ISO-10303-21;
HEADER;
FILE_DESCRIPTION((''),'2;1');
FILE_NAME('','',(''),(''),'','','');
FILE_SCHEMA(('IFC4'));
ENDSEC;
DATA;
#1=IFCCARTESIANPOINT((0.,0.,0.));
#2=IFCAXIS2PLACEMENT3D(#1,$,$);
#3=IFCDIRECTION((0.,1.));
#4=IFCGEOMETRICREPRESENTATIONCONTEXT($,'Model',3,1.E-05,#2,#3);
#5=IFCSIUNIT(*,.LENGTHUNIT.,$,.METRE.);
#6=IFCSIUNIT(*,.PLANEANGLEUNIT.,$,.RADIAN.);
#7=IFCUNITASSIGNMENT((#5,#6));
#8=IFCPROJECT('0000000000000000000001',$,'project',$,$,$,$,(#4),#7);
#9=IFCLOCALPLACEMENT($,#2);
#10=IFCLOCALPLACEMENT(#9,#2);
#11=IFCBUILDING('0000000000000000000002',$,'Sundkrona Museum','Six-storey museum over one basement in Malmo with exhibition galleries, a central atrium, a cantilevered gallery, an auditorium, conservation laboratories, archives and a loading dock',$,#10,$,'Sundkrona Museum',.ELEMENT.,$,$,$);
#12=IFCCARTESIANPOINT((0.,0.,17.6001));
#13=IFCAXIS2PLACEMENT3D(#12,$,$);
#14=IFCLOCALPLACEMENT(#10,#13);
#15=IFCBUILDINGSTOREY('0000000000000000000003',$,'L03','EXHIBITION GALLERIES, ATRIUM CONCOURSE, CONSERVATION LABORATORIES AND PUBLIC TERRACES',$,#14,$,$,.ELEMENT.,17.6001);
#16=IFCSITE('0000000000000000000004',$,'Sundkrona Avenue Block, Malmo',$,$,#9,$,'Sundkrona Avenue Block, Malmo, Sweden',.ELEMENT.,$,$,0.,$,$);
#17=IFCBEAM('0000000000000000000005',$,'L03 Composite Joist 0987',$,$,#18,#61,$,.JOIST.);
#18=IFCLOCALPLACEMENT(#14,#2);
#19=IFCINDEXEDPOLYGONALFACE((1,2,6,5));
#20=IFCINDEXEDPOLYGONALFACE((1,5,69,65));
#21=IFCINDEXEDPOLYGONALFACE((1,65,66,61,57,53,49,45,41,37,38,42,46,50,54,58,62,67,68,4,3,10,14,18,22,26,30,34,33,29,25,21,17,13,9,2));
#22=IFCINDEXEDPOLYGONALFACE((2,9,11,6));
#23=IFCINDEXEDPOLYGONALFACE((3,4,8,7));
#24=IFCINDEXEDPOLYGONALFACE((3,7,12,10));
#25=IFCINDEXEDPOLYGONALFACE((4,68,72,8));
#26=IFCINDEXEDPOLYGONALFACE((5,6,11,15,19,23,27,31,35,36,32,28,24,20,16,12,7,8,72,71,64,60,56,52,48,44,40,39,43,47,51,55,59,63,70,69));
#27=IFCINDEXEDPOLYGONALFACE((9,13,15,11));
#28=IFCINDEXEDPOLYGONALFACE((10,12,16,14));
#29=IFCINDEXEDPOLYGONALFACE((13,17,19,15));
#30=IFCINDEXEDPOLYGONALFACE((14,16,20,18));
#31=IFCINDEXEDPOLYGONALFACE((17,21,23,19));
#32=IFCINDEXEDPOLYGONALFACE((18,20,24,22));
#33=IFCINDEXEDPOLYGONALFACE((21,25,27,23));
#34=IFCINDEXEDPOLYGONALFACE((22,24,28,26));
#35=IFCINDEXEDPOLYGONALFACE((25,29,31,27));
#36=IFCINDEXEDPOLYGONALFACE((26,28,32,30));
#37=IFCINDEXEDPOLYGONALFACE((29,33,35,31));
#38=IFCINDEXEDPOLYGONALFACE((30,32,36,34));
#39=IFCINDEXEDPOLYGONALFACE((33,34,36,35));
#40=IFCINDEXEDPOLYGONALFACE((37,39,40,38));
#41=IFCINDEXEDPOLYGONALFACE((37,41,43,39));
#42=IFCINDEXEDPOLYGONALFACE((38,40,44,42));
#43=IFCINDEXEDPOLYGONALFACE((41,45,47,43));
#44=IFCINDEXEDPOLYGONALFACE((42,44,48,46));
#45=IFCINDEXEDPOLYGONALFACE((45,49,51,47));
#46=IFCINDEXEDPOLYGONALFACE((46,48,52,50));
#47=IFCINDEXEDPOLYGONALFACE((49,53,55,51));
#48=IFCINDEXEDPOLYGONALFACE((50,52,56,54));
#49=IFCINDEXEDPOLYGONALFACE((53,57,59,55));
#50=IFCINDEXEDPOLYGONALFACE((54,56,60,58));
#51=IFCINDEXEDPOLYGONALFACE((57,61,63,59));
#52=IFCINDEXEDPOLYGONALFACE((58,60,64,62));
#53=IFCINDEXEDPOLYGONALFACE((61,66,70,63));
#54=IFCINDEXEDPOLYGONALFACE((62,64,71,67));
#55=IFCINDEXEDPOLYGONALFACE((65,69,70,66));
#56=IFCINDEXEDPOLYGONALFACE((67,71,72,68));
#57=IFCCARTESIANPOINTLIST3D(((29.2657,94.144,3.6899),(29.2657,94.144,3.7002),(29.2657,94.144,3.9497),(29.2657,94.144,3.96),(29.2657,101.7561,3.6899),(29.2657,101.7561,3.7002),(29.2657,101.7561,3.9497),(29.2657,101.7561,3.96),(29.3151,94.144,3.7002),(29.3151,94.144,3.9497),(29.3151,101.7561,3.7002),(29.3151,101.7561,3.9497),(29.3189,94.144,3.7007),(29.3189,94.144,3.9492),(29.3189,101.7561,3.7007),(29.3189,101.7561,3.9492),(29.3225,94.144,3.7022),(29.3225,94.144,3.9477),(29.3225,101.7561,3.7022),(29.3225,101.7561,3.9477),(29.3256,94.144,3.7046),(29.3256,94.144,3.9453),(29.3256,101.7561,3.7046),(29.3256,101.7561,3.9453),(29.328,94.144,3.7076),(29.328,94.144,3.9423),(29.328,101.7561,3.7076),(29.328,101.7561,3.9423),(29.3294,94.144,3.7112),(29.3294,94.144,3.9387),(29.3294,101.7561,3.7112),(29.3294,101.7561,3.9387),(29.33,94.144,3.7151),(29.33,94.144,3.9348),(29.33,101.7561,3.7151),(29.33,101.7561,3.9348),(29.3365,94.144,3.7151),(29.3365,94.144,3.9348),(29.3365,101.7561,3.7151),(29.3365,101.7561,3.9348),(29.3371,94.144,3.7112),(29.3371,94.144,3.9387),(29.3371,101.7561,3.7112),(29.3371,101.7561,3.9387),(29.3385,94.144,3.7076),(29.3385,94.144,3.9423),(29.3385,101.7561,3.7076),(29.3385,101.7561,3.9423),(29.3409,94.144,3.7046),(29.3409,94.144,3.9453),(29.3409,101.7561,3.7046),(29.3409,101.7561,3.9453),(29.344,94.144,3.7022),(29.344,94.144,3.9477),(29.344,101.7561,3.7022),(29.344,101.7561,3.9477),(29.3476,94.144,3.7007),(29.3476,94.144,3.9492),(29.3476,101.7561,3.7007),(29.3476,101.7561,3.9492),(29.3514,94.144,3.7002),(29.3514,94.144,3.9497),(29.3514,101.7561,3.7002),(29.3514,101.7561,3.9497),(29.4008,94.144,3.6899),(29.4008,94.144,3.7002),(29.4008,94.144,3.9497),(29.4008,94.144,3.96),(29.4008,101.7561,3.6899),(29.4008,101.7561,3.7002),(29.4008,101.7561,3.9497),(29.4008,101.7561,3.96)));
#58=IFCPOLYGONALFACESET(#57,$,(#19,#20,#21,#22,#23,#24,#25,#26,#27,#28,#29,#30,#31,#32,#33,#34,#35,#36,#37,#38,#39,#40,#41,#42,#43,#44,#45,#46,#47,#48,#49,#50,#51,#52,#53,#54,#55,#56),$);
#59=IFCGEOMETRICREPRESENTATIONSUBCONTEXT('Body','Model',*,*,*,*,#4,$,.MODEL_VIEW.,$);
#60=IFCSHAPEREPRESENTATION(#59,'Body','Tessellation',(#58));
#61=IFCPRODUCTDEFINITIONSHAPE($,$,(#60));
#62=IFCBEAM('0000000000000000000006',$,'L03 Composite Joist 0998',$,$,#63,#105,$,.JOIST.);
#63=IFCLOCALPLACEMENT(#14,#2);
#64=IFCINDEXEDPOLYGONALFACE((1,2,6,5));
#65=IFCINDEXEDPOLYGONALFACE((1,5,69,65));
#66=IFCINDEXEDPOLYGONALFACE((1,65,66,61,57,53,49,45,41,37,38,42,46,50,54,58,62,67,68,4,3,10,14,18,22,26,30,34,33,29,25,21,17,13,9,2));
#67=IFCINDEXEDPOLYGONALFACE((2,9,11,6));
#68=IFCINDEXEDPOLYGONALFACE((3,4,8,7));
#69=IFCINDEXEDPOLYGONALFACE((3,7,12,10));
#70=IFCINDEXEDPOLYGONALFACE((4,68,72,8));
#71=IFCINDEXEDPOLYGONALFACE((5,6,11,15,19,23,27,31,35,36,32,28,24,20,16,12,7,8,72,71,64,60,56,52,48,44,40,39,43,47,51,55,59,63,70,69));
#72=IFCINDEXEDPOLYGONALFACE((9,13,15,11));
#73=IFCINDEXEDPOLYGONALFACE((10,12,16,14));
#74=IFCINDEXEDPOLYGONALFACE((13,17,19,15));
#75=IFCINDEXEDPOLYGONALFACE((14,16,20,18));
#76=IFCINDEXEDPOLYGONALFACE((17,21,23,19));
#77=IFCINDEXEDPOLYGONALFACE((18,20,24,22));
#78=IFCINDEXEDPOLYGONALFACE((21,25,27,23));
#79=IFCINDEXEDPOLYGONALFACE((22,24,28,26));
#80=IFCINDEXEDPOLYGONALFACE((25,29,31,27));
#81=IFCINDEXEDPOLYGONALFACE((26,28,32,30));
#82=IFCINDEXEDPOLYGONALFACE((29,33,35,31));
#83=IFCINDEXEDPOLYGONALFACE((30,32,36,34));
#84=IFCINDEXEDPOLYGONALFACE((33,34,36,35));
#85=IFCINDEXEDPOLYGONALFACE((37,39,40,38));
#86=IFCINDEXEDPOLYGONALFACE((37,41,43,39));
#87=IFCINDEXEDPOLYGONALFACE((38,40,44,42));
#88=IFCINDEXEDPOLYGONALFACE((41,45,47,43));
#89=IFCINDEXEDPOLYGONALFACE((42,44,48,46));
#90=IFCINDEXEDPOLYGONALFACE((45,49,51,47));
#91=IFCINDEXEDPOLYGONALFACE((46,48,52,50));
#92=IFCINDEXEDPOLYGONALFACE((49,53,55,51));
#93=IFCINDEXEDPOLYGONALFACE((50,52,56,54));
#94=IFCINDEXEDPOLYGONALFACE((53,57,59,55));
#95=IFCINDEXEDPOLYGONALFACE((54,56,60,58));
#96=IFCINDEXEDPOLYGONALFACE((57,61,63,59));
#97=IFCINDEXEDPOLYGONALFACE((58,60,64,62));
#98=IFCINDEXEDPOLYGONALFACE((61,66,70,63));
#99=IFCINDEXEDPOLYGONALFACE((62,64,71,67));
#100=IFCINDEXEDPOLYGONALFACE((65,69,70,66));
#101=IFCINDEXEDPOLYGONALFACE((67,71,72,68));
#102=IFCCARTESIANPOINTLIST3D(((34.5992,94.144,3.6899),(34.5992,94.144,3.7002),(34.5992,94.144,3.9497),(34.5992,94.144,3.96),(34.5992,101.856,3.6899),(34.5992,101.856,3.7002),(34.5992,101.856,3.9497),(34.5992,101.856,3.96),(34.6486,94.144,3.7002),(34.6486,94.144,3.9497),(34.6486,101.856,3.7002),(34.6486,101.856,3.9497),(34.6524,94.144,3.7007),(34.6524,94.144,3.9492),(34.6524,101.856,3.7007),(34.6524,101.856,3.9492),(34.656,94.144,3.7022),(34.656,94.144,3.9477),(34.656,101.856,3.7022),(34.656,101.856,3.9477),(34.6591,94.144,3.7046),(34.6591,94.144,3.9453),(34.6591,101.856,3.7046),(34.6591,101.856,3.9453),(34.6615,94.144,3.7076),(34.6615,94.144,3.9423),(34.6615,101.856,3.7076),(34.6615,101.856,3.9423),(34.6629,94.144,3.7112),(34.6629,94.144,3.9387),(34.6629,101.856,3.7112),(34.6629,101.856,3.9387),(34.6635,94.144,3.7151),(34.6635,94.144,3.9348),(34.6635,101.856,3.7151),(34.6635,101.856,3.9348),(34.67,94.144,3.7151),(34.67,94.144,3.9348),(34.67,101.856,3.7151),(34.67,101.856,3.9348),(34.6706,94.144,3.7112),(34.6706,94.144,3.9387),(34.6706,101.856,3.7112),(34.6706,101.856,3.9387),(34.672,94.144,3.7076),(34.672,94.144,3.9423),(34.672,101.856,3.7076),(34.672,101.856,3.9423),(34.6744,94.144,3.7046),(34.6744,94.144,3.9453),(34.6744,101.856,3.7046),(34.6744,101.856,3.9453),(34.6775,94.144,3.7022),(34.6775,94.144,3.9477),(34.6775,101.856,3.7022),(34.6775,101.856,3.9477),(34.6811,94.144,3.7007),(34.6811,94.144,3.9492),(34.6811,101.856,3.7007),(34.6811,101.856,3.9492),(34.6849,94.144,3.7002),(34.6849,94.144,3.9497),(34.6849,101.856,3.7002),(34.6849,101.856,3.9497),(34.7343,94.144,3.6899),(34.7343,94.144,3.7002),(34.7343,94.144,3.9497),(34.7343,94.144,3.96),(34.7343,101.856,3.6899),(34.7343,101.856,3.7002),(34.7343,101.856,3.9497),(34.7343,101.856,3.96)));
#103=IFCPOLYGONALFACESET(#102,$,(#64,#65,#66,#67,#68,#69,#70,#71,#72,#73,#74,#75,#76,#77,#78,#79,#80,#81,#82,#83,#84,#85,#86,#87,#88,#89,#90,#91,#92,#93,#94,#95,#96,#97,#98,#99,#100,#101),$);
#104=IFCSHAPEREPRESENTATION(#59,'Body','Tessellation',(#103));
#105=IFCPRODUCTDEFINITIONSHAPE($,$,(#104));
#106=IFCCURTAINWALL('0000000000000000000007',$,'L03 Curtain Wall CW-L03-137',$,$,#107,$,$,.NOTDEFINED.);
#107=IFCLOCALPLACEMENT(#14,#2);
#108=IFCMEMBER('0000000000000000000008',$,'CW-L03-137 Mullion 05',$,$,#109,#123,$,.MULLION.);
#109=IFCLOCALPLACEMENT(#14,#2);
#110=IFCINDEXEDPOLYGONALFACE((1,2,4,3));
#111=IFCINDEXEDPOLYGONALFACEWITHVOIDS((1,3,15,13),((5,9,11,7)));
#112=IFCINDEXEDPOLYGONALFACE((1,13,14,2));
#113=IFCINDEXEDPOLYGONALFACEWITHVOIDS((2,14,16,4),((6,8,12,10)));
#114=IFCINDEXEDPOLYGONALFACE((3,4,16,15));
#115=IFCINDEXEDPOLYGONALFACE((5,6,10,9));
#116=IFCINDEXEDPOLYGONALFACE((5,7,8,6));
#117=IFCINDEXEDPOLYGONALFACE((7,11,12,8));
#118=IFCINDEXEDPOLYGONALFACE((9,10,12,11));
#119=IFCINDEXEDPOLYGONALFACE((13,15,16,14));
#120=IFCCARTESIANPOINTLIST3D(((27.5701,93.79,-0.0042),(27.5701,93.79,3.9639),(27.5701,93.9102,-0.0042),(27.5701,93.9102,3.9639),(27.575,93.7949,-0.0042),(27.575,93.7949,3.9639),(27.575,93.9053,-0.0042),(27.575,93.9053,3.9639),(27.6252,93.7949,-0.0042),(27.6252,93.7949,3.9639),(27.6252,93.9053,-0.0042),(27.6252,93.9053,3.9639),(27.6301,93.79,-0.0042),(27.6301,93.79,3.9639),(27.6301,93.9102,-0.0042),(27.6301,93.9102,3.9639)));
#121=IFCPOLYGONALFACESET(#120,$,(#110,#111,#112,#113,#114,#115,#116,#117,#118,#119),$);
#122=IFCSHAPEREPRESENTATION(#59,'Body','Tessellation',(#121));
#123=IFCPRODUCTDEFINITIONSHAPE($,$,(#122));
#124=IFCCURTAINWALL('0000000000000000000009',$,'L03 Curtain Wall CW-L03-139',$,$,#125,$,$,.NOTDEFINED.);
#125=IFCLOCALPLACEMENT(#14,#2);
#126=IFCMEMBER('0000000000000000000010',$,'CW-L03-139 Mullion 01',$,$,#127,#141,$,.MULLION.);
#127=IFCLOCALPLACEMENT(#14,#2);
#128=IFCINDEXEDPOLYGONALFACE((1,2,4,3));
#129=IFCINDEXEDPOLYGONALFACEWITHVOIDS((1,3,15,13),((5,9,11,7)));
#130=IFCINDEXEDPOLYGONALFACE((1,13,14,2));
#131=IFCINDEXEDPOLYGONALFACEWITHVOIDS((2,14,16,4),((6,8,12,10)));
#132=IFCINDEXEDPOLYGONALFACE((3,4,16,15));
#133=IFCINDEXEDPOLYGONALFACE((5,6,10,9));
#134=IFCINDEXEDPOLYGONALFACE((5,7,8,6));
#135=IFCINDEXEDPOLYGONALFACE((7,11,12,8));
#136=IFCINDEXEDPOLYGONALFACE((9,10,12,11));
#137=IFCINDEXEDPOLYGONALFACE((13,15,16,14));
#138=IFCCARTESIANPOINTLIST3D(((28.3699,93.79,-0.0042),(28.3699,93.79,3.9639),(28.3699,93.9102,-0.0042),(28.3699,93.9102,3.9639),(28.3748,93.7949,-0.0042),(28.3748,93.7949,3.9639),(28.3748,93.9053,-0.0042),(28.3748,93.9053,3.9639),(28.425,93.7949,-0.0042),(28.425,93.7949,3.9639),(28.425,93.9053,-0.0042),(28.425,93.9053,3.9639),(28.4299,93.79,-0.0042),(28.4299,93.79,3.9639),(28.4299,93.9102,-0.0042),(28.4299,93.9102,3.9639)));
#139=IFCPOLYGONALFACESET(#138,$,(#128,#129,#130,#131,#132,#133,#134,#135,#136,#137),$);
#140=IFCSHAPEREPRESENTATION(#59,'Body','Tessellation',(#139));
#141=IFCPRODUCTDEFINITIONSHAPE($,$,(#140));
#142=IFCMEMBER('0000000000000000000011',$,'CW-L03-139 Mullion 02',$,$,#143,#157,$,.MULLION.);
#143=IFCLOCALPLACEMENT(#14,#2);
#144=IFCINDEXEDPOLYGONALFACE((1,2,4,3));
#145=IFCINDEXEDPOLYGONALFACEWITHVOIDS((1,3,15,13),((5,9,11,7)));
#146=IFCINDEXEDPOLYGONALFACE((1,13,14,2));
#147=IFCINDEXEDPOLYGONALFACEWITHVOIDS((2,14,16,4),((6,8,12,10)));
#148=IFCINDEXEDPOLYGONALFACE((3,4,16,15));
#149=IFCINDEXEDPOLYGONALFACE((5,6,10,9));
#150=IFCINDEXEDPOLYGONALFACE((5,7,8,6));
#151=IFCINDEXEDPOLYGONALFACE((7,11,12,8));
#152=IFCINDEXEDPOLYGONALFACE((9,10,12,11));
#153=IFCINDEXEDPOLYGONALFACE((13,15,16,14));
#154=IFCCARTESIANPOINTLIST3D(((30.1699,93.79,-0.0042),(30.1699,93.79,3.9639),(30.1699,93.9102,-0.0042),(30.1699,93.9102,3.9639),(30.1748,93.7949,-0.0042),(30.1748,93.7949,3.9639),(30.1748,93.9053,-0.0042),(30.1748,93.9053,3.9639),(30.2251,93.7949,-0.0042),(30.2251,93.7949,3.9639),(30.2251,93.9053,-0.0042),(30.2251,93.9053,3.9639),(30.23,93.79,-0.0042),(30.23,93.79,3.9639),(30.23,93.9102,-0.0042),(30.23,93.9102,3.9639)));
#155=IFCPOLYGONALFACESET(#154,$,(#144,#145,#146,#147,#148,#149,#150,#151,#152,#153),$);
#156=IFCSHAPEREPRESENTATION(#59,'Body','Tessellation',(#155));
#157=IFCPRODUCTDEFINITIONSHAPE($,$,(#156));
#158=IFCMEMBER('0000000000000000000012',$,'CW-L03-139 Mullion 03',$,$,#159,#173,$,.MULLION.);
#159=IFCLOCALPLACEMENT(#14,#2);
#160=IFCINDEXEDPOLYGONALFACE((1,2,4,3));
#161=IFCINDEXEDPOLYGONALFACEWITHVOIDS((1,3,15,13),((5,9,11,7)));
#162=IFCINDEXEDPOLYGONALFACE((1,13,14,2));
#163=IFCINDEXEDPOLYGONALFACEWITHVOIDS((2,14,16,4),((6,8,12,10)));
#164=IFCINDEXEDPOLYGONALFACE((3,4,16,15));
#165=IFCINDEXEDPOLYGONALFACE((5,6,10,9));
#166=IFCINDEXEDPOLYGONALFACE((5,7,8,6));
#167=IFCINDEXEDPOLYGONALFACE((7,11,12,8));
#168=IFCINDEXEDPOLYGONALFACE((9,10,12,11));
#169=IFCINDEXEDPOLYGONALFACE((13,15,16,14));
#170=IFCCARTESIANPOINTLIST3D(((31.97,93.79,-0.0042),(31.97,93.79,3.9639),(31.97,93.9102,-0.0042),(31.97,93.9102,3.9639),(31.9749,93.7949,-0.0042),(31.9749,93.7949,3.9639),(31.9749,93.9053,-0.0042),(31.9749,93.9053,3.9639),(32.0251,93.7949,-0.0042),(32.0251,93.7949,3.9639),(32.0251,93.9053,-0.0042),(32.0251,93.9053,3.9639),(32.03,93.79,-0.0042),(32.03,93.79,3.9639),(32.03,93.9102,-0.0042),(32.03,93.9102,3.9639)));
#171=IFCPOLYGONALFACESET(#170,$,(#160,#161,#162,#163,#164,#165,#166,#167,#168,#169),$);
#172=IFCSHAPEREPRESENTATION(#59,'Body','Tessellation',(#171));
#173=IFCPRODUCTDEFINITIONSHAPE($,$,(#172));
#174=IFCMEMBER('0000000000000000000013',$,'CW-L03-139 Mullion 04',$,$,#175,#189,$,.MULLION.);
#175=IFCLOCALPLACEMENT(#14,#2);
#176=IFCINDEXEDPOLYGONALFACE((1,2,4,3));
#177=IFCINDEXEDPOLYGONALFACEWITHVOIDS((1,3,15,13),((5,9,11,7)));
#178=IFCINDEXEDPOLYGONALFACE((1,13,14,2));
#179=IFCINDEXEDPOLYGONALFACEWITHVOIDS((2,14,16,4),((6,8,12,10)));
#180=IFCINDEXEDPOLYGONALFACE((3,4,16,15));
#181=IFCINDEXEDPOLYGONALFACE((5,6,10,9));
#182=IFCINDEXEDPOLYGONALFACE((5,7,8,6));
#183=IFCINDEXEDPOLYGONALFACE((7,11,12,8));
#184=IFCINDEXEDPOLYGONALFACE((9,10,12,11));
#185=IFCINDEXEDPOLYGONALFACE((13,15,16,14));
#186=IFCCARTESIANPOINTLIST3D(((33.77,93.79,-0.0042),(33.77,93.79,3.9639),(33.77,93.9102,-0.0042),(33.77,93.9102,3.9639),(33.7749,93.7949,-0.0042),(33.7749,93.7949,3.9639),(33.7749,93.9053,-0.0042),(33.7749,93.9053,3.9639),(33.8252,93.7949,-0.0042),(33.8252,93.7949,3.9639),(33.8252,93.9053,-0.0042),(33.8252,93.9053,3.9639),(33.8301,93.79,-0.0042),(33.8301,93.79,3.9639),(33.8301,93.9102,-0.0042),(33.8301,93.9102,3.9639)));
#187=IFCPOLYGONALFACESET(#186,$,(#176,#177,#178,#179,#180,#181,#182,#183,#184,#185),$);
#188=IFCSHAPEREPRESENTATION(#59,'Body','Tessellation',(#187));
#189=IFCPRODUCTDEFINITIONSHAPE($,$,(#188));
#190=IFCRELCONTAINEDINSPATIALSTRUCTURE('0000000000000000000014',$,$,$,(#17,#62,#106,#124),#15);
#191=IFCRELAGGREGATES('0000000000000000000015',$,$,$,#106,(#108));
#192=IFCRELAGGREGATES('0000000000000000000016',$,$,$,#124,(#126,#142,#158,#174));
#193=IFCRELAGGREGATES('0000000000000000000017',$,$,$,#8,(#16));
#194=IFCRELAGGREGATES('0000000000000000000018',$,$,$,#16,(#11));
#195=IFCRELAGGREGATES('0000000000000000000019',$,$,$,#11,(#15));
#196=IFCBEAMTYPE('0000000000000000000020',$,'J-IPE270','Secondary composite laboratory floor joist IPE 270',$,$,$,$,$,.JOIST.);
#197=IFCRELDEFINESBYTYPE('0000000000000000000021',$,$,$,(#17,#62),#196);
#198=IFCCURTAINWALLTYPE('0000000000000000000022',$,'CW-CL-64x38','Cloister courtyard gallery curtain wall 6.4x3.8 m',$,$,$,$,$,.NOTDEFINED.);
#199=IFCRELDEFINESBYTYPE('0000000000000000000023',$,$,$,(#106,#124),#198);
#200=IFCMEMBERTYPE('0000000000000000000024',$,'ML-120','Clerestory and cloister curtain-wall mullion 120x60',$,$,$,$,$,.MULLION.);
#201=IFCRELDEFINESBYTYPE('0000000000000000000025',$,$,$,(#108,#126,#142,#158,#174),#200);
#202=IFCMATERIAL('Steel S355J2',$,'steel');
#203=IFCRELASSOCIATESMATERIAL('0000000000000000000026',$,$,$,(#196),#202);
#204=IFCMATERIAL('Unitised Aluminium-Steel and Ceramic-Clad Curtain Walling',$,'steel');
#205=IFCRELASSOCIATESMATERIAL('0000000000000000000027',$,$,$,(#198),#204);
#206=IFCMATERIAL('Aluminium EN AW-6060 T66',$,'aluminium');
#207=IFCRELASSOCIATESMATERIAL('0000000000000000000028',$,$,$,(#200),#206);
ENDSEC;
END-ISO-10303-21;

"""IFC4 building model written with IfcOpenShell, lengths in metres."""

from ifc_helpers import new_model, si_unit, direction, frame, origin, origin_2d, place, context, subcontext, project, spatial, hollow_rectangle, i_section, extrude, material, material_profile, profile_set, type_object, element, aggregate, save


model = new_model("IFC4")

# Units and contexts
model_context = context("Model", 3, precision=1e-05, world=origin(), true_north=direction((0.0, 1.0)))
body_context = subcontext(model_context, "Body", "Model", "MODEL_VIEW")
ifc_project = project(units=[si_unit("LENGTHUNIT", "METRE"), si_unit("PLANEANGLEUNIT", "RADIAN")], contexts=[model_context])

# Site, building, storey
site_placement = place(None, origin())
site = spatial("IfcSite", under=ifc_project, at=site_placement, Name="Sundkrona Avenue Block, Malmo", LongName="Sundkrona Avenue Block, Malmo, Sweden", CompositionType="ELEMENT", RefElevation=0.0)
building_placement = place(site_placement, origin())
building = spatial("IfcBuilding", under=site, at=building_placement, Name="Sundkrona Museum", Description="Six-storey museum over one basement in Malmo with exhibition galleries, a central atrium, a cantilevered gallery, an auditorium, conservation laboratories, archives and a loading dock", LongName="Sundkrona Museum", CompositionType="ELEMENT")
storey_placement = place(building_placement, frame((0.0, 0.0, 17.6001)))
storey = spatial("IfcBuildingStorey", under=building, at=storey_placement, Name="L03", Description="EXHIBITION GALLERIES, ATRIUM CONCOURSE, CONSERVATION LABORATORIES AND PUBLIC TERRACES", CompositionType="ELEMENT", Elevation=17.6001)

# Shared definitions
ifc_material_1 = material(Name="Steel S355J2", Category="steel")

# Beams
ifc_material_profile_1 = material_profile(ifc_material_1, i_section(OverallWidth=0.135, OverallDepth=0.27, WebThickness=0.0066, FlangeThickness=0.0103, FilletRadius=0.0149, at=origin_2d()), Name="IPE 270")
ifc_profile_set_1 = profile_set([ifc_material_profile_1], Name="Steel S355J2")
beam_type_1 = type_object("IfcBeamType", Name="J-IPE270", Description="Secondary composite laboratory floor joist IPE 270", PredefinedType="JOIST", material=ifc_profile_set_1)
for number, where, z_axis, x_axis, name in (
    (1, (29.3333, 94.144, 3.825), (0.0, 1.0, 0.0), (-1.0, 0.0, 0.0), "L03 Composite Joist 0987"),
):
    element("IfcBeam", number, at=place(storey_placement, frame(where, z_axis=z_axis, x_axis=x_axis)), inside=storey, type_object=beam_type_1, Name=name, PredefinedType="JOIST", context=body_context, shape_type="SweptSolid", body=[
        extrude(i_section(OverallWidth=0.135, OverallDepth=0.27, WebThickness=0.0066, FlangeThickness=0.0103, FilletRadius=0.0149, at=origin_2d()), origin(), (0.0, 0.0, 1.0), 7.6121),
    ])
beam_placement = place(storey_placement, frame((34.6667, 94.144, 3.825), z_axis=(0.0, 1.0, 0.0), x_axis=(-1.0, 0.0, 0.0)))
element("IfcBeam", 2, at=beam_placement, inside=storey, type_object=beam_type_1, Name="L03 Composite Joist 0998", PredefinedType="JOIST", context=body_context, shape_type="SweptSolid", body=[
    extrude(i_section(OverallWidth=0.135, OverallDepth=0.27, WebThickness=0.0066, FlangeThickness=0.0103, FilletRadius=0.0149, at=origin_2d()), origin(), (0.0, 0.0, 1.0), 7.7119),
])

# Curtain wall, member
ifc_material_2 = material(Name="Unitised Aluminium-Steel and Ceramic-Clad Curtain Walling", Category="steel")
curtain_wall_type = type_object("IfcCurtainWallType", Name="CW-CL-64x38", Description="Cloister courtyard gallery curtain wall 6.4x3.8 m", PredefinedType="NOTDEFINED", material=ifc_material_2)
curtain_wall_1_placement = place(storey_placement, origin())
curtain_wall_1 = element("IfcCurtainWall", 3, at=curtain_wall_1_placement, inside=storey, type_object=curtain_wall_type, Name="L03 Curtain Wall CW-L03-137", PredefinedType="NOTDEFINED")
ifc_material_3 = material(Name="Aluminium EN AW-6060 T66", Category="aluminium")
ifc_material_profile_2 = material_profile(ifc_material_3, hollow_rectangle(XDim=0.0601, YDim=0.1201, WallThickness=0.0049, at=origin_2d()), Name="RHS 120x60x5.0")
ifc_profile_set_2 = profile_set([ifc_material_profile_2], Name="Aluminium EN AW-6060 T66")
member_type_1 = type_object("IfcMemberType", Name="ML-120", Description="Clerestory and cloister curtain-wall mullion 120x60", PredefinedType="MULLION", material=ifc_profile_set_2)
member_1_placement = place(storey_placement, frame((27.6001, 93.8501, -0.0042), z_axis=(0.0, 0.0, 1.0), x_axis=(1.0, 0.0, 0.0)))
member_1 = element("IfcMember", 4, at=member_1_placement, type_object=member_type_1, Name="CW-L03-137 Mullion 05", PredefinedType="MULLION", context=body_context, shape_type="SweptSolid", body=[
    extrude(hollow_rectangle(XDim=0.0601, YDim=0.1201, WallThickness=0.0049, at=origin_2d()), origin(), (0.0, 0.0, 1.0), 3.968),
])

# Curtain wall, members
curtain_wall_2_placement = place(storey_placement, origin())
curtain_wall_2 = element("IfcCurtainWall", 5, at=curtain_wall_2_placement, inside=storey, type_object=curtain_wall_type, Name="L03 Curtain Wall CW-L03-139", PredefinedType="NOTDEFINED")
member_2_placement = place(storey_placement, frame((28.3999, 93.8501, -0.0042), z_axis=(0.0, 0.0, 1.0), x_axis=(1.0, 0.0, 0.0)))
member_2 = element("IfcMember", 6, at=member_2_placement, type_object=member_type_1, Name="CW-L03-139 Mullion 01", PredefinedType="MULLION", context=body_context, shape_type="SweptSolid", body=[
    extrude(hollow_rectangle(XDim=0.0601, YDim=0.1201, WallThickness=0.0049, at=origin_2d()), origin(), (0.0, 0.0, 1.0), 3.968),
])
member_3_placement = place(storey_placement, frame((30.2, 93.8501, -0.0042), z_axis=(0.0, 0.0, 1.0), x_axis=(1.0, 0.0, 0.0)))
member_3 = element("IfcMember", 7, at=member_3_placement, type_object=member_type_1, Name="CW-L03-139 Mullion 02", PredefinedType="MULLION", context=body_context, shape_type="SweptSolid", body=[
    extrude(hollow_rectangle(XDim=0.0601, YDim=0.1201, WallThickness=0.0049, at=origin_2d()), origin(), (0.0, 0.0, 1.0), 3.968),
])
member_4_placement = place(storey_placement, frame((32.0, 93.8501, -0.0042), z_axis=(0.0, 0.0, 1.0), x_axis=(1.0, 0.0, 0.0)))
member_4 = element("IfcMember", 8, at=member_4_placement, type_object=member_type_1, Name="CW-L03-139 Mullion 03", PredefinedType="MULLION", context=body_context, shape_type="SweptSolid", body=[
    extrude(hollow_rectangle(XDim=0.0601, YDim=0.1201, WallThickness=0.0049, at=origin_2d()), origin(), (0.0, 0.0, 1.0), 3.968),
])
member_5_placement = place(storey_placement, frame((33.8, 93.8501, -0.0042), z_axis=(0.0, 0.0, 1.0), x_axis=(1.0, 0.0, 0.0)))
member_5 = element("IfcMember", 9, at=member_5_placement, type_object=member_type_1, Name="CW-L03-139 Mullion 04", PredefinedType="MULLION", context=body_context, shape_type="SweptSolid", body=[
    extrude(hollow_rectangle(XDim=0.0601, YDim=0.1201, WallThickness=0.0049, at=origin_2d()), origin(), (0.0, 0.0, 1.0), 3.968),
])

aggregate(curtain_wall_1, [member_1])
aggregate(curtain_wall_2, [member_2, member_3, member_4, member_5])

save(model, "model.ifc")
